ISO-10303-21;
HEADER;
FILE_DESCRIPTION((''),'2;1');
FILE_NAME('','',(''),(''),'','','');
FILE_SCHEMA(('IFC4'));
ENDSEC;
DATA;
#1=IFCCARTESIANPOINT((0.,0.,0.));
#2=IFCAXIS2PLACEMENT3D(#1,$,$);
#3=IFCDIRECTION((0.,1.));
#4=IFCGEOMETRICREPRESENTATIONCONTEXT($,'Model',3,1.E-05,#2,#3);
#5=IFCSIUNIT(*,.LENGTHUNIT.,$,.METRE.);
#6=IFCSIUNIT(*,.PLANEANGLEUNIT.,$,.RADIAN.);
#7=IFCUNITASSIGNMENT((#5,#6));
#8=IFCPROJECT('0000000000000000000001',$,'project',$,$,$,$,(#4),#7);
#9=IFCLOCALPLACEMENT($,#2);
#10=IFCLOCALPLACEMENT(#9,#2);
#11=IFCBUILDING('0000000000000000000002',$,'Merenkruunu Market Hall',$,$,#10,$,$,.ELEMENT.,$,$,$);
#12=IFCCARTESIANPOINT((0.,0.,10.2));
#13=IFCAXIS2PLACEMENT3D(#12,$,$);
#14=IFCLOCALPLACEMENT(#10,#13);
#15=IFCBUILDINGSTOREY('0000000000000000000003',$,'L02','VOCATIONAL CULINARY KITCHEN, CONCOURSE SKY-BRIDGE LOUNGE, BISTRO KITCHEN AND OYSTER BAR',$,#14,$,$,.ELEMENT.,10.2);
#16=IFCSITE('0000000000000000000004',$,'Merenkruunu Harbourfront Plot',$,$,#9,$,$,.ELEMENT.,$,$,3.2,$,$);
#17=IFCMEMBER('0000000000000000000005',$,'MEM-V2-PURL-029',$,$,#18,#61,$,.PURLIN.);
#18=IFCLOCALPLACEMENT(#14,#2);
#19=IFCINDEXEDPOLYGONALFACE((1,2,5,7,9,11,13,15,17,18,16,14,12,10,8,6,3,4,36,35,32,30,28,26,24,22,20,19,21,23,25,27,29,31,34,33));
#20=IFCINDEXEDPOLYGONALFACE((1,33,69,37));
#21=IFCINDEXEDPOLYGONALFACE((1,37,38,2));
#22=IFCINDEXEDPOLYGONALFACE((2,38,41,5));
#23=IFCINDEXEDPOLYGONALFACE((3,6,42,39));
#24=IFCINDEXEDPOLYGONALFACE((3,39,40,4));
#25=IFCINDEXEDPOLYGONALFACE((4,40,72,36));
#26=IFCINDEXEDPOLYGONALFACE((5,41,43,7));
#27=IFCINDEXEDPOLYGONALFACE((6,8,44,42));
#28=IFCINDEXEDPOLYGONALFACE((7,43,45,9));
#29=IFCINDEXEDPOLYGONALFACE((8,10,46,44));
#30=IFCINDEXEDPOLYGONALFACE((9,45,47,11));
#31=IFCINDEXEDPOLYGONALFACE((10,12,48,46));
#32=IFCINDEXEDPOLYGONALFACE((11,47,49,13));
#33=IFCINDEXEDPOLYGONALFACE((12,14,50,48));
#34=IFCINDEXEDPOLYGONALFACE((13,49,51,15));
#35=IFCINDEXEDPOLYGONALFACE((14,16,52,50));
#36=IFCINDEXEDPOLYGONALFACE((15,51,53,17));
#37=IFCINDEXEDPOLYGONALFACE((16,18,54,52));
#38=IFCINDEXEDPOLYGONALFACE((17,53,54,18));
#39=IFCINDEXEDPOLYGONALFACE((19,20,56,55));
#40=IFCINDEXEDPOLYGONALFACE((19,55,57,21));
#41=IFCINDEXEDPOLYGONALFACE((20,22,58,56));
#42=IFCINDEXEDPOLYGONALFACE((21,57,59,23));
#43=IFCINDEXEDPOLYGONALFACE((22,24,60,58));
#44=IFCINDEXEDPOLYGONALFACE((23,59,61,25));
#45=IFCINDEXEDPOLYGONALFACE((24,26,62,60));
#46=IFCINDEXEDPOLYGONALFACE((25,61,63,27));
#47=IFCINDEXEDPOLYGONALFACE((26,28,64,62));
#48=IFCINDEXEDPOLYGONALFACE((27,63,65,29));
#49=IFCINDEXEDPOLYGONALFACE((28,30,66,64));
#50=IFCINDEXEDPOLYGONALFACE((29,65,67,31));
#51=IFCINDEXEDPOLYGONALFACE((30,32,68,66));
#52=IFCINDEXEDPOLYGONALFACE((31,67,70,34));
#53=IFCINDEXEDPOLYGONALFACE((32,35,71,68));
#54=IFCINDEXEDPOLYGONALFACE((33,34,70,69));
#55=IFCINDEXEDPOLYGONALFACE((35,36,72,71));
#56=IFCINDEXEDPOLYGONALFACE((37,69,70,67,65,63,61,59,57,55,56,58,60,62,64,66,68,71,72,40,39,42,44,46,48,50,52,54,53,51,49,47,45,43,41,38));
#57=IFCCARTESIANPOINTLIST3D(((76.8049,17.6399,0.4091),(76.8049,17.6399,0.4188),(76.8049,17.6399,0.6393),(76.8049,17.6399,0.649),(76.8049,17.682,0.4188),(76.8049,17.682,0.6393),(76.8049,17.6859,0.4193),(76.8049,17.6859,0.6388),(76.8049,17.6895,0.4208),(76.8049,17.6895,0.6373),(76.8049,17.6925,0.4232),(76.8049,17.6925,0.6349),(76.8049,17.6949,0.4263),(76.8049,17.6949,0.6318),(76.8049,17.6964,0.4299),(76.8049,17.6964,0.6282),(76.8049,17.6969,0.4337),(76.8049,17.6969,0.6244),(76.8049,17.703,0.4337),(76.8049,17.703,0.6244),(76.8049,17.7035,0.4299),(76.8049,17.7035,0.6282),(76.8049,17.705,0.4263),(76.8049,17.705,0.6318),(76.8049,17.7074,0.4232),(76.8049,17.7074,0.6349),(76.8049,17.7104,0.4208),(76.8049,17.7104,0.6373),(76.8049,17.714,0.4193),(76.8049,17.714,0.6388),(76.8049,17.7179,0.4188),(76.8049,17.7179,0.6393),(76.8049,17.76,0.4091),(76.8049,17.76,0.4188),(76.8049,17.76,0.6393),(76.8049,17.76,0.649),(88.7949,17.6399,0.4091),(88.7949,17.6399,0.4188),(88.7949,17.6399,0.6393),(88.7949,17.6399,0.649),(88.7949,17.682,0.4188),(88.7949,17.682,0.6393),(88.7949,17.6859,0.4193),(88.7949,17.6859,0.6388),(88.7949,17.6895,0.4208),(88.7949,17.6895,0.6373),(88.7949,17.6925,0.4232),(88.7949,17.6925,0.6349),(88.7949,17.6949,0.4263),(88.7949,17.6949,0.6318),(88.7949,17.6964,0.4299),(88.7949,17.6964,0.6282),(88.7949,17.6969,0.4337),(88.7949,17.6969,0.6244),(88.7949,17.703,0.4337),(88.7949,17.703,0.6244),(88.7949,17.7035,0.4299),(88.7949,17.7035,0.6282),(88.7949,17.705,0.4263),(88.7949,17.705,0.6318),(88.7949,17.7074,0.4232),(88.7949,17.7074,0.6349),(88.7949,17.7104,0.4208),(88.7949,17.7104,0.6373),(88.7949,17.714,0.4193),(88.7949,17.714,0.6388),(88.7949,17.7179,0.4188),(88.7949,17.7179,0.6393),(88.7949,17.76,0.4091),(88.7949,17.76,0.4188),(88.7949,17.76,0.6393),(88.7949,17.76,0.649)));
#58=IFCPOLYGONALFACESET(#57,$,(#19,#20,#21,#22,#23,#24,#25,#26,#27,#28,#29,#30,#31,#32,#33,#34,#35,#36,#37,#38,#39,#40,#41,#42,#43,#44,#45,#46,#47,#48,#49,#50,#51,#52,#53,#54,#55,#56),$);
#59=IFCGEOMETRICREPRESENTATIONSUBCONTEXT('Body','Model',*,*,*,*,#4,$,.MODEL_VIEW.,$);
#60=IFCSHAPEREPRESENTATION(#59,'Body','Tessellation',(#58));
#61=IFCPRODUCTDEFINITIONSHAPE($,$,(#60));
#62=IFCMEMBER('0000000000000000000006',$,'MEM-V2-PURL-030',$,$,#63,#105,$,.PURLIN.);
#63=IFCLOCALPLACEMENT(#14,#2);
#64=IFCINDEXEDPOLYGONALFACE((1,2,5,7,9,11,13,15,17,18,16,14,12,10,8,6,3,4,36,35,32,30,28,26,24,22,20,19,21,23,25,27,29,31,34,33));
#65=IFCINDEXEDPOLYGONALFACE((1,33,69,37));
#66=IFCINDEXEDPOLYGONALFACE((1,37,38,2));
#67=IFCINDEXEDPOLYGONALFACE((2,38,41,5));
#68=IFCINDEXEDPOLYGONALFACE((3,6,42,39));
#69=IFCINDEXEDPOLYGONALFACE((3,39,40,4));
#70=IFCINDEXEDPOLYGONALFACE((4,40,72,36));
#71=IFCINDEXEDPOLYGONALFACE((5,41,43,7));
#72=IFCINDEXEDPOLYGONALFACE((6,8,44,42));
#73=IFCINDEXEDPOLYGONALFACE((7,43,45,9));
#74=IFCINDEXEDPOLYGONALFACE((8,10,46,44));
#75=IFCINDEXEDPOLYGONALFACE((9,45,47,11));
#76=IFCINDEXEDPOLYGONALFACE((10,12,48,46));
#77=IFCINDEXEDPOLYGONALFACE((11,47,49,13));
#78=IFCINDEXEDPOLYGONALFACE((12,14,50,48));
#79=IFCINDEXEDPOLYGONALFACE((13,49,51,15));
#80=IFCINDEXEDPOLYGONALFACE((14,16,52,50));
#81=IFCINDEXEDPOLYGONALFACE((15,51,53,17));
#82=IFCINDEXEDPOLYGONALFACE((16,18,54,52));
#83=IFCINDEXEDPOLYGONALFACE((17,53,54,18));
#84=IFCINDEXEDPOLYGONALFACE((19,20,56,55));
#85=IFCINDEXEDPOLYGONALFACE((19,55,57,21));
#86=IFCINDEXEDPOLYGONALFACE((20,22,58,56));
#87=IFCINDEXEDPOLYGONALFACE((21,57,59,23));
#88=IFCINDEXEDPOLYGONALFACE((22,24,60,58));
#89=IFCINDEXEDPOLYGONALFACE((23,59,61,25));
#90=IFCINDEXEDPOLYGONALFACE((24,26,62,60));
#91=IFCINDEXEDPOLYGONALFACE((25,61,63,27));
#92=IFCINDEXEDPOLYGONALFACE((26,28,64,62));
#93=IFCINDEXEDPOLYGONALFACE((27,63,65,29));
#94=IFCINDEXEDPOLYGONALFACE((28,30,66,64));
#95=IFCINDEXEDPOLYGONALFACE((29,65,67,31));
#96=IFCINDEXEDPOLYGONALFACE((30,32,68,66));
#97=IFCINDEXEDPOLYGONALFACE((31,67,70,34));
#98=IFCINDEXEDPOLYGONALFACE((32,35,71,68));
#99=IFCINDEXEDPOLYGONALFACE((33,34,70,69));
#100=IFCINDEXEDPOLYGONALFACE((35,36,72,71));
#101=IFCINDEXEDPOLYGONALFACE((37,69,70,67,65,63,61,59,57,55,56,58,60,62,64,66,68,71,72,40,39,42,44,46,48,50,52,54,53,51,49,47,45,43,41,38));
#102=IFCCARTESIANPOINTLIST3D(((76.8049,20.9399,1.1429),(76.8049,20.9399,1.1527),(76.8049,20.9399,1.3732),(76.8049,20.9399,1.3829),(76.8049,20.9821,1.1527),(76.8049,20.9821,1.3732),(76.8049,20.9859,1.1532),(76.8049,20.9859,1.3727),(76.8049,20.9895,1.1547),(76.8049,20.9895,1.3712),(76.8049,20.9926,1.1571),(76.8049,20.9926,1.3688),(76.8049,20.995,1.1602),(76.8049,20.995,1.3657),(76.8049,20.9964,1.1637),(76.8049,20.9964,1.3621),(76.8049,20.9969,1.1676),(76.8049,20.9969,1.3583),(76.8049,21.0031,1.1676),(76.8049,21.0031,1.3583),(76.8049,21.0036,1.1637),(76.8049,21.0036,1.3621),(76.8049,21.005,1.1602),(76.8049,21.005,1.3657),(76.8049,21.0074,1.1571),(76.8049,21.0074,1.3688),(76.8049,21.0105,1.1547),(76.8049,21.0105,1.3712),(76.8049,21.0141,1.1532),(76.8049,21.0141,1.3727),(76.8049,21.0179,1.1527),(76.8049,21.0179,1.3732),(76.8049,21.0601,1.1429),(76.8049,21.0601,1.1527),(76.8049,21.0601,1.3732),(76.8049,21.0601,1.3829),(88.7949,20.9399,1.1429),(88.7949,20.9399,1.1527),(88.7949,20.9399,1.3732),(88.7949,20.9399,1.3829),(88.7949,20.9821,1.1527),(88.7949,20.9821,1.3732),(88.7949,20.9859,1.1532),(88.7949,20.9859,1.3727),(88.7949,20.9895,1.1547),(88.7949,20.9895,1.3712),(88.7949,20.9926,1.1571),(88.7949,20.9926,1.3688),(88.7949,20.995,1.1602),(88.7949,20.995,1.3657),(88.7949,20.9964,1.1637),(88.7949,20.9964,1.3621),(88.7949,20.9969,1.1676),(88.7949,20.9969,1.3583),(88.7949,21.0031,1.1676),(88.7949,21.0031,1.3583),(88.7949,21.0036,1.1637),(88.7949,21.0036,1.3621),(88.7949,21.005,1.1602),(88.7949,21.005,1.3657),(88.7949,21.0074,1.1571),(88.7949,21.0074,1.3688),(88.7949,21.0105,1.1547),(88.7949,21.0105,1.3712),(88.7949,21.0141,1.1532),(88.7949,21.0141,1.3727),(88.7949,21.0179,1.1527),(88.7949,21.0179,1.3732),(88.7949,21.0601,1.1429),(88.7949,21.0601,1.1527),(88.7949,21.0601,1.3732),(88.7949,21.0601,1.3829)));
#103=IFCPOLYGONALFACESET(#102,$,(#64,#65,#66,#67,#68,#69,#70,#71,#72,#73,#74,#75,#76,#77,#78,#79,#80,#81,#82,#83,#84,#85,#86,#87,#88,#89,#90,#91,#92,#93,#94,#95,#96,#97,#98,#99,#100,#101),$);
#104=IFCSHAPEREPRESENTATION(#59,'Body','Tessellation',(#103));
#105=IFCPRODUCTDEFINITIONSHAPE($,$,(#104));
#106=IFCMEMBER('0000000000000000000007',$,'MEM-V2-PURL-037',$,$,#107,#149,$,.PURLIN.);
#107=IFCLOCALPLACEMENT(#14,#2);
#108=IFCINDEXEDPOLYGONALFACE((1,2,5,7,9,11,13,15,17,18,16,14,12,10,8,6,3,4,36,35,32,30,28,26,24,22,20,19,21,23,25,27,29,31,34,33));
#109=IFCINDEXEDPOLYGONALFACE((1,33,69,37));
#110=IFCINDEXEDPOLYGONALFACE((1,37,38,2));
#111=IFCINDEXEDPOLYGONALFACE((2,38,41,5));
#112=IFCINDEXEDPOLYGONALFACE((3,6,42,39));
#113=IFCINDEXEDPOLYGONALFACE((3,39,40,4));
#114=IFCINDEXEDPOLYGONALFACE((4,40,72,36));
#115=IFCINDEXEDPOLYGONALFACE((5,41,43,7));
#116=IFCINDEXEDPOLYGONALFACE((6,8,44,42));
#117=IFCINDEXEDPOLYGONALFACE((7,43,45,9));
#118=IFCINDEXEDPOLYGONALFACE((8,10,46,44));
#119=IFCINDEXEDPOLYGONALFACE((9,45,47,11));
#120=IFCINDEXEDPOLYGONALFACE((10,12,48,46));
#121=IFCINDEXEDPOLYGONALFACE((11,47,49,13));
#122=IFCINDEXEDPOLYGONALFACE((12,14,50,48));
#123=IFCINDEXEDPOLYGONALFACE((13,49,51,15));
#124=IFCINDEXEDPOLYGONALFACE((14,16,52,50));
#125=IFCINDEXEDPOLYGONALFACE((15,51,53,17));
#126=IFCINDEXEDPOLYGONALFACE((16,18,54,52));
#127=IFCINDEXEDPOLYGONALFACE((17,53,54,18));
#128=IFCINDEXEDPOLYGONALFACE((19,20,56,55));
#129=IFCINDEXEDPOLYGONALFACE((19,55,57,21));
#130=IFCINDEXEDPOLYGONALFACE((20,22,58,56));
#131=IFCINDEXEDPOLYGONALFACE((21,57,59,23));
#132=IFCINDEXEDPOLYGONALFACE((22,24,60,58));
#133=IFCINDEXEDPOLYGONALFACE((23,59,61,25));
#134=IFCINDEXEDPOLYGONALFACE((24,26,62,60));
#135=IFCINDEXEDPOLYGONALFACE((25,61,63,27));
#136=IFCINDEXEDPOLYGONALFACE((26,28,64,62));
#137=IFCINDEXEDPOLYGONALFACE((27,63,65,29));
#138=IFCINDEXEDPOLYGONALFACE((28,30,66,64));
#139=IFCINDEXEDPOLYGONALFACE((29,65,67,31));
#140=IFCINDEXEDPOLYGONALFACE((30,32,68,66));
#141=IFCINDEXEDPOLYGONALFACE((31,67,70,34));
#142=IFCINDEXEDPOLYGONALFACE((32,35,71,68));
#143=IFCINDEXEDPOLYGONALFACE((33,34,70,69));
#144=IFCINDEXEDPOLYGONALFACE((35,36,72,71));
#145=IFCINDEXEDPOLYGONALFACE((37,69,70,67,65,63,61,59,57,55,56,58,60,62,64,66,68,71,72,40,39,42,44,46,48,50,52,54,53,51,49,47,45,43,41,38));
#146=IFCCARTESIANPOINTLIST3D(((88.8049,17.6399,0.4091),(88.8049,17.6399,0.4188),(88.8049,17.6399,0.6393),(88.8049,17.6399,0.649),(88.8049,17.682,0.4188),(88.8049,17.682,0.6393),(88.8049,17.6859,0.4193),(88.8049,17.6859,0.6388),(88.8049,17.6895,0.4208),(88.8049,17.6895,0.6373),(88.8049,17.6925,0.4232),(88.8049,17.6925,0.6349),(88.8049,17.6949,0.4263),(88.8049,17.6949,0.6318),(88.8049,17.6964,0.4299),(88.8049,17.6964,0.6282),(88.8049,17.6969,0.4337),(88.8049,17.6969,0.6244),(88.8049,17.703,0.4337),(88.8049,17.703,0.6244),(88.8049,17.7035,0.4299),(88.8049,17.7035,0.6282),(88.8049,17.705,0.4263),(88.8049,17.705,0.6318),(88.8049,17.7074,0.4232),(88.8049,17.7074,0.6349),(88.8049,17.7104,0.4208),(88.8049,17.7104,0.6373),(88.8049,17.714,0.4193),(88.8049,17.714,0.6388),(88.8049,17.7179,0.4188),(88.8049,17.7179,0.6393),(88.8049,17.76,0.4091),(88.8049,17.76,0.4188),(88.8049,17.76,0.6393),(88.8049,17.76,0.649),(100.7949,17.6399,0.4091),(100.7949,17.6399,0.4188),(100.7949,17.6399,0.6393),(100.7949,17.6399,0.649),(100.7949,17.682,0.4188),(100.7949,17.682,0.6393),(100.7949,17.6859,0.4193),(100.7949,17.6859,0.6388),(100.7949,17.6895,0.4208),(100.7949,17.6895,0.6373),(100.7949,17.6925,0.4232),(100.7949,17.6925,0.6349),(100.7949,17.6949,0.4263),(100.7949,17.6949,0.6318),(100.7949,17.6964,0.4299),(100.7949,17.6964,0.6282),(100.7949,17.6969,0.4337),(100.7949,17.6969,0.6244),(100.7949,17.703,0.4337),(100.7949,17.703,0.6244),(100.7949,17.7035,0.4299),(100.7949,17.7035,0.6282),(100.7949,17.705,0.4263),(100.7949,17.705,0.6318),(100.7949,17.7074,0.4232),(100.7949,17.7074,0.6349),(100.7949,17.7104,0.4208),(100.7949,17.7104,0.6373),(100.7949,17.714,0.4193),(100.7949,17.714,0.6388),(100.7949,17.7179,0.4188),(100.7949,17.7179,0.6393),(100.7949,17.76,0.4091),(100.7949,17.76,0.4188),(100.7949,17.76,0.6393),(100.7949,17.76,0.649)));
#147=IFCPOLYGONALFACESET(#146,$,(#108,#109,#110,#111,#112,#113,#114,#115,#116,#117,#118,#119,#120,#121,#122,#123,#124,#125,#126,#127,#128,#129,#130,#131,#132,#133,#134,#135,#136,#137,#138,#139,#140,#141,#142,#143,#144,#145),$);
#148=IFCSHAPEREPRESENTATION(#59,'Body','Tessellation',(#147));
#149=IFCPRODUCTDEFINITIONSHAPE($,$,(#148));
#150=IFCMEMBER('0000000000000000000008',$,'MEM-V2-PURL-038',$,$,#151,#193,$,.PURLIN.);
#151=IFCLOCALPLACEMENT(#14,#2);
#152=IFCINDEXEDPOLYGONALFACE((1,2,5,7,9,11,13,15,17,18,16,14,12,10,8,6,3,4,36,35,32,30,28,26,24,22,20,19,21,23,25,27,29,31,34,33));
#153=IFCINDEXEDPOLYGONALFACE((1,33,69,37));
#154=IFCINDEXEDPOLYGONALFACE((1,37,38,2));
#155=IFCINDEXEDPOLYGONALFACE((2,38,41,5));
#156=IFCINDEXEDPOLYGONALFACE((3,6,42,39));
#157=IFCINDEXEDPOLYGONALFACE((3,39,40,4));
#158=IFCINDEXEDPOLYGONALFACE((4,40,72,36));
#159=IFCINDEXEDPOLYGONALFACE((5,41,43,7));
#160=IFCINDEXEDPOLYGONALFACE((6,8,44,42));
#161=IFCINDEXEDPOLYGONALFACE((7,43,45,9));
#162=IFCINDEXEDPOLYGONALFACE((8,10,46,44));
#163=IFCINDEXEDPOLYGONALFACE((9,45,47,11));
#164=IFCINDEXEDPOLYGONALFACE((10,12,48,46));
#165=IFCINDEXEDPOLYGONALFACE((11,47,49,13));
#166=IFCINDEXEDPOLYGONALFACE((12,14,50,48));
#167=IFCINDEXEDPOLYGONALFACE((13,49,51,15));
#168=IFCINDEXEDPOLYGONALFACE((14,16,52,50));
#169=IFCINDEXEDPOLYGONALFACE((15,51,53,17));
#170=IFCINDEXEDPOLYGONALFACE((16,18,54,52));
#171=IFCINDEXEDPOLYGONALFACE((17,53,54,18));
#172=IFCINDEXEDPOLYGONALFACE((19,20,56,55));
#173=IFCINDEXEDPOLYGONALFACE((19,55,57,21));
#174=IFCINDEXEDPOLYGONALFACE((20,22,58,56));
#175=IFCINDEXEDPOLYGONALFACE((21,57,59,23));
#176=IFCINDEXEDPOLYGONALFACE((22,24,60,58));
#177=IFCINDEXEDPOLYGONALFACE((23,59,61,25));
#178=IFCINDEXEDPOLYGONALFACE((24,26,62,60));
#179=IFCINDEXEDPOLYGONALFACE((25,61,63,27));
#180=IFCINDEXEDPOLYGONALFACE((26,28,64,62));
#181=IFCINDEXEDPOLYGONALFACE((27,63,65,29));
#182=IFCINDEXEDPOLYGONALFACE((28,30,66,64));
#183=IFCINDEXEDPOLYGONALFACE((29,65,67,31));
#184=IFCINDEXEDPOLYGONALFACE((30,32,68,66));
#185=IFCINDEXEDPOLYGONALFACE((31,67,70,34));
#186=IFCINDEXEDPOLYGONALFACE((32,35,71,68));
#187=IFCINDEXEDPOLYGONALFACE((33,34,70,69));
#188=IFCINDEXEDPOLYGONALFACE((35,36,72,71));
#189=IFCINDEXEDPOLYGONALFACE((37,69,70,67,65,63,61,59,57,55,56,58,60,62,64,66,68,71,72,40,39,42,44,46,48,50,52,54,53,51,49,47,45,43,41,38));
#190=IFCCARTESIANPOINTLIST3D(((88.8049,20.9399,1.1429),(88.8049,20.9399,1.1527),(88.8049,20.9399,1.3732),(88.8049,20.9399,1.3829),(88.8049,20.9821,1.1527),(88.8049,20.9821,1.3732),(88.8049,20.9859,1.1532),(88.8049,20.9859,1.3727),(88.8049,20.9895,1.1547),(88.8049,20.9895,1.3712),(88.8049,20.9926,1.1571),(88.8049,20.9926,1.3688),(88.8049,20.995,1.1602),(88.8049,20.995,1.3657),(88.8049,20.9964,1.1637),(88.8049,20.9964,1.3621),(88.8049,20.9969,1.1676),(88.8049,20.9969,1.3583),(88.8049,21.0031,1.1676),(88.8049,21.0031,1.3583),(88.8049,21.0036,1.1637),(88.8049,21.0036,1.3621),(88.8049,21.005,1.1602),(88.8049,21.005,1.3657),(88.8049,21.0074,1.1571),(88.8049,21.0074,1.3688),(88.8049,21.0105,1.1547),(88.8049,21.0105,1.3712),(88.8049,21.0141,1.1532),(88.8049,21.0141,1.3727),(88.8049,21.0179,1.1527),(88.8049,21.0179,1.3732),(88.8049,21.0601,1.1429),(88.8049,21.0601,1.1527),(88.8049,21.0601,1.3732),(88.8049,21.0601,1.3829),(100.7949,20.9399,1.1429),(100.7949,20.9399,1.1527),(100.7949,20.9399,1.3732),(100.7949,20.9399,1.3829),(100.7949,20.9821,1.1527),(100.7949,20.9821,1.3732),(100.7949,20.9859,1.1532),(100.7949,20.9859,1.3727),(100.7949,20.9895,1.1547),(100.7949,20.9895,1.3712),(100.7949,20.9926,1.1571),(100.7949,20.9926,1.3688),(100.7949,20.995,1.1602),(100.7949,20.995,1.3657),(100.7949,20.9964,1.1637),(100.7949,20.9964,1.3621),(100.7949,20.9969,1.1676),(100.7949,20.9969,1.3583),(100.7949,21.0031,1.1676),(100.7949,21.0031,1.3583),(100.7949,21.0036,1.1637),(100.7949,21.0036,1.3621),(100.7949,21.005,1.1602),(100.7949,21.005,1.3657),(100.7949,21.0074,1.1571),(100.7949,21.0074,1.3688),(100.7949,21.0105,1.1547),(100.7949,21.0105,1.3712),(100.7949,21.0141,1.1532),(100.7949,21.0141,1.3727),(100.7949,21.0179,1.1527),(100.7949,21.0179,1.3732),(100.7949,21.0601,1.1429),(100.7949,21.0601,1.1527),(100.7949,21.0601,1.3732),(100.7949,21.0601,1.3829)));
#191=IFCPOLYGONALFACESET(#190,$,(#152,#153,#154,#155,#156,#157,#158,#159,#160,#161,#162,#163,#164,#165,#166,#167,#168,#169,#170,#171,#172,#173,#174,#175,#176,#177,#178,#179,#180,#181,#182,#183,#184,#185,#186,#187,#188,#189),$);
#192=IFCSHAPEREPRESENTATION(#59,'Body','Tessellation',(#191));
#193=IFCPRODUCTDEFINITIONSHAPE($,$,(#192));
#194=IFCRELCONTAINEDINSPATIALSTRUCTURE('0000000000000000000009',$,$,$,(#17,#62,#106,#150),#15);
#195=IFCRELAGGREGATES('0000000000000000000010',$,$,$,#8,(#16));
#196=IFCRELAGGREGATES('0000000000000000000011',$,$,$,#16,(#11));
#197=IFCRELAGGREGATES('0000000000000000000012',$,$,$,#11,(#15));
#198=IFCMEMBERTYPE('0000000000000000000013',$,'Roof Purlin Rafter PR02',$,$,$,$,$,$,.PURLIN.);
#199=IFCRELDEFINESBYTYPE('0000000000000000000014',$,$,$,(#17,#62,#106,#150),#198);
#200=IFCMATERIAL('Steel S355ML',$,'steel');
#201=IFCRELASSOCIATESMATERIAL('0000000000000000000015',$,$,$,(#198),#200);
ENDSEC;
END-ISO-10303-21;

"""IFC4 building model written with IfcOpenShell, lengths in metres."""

from ifc_helpers import new_model, si_unit, direction, frame, origin, origin_2d, place, context, subcontext, project, spatial, i_section, extrude, material, material_profile, profile_set, type_object, element, save


model = new_model("IFC4")

# Units and contexts
model_context = context("Model", 3, precision=1e-05, world=origin(), true_north=direction((0.0, 1.0)))
body_context = subcontext(model_context, "Body", "Model", "MODEL_VIEW")
ifc_project = project(units=[si_unit("LENGTHUNIT", "METRE"), si_unit("PLANEANGLEUNIT", "RADIAN")], contexts=[model_context])

# Site, building, storey
site_placement = place(None, origin())
site = spatial("IfcSite", under=ifc_project, at=site_placement, Name="Merenkruunu Harbourfront Plot", CompositionType="ELEMENT", RefElevation=3.2)
building_placement = place(site_placement, origin())
building = spatial("IfcBuilding", under=site, at=building_placement, Name="Merenkruunu Market Hall", CompositionType="ELEMENT")
storey_placement = place(building_placement, frame((0.0, 0.0, 10.2)))
storey = spatial("IfcBuildingStorey", under=building, at=storey_placement, Name="L02", Description="VOCATIONAL CULINARY KITCHEN, CONCOURSE SKY-BRIDGE LOUNGE, BISTRO KITCHEN AND OYSTER BAR", CompositionType="ELEMENT", Elevation=10.2)

# Shared definitions
ifc_material_1 = material(Name="Steel S355ML", Category="steel")

# Members
ifc_material_profile_1 = material_profile(ifc_material_1, i_section(OverallWidth=0.1201, OverallDepth=0.24, WebThickness=0.0061, FlangeThickness=0.0098, FilletRadius=0.0149, at=origin_2d()), Name="IPE 240")
ifc_profile_set_1 = profile_set([ifc_material_profile_1], Name="Steel S355ML")
member_type_1 = type_object("IfcMemberType", Name="Roof Purlin Rafter PR02", PredefinedType="PURLIN", material=ifc_profile_set_1)
for number, where, z_axis, x_axis, name in (
    (1, (76.8049, 17.7, 0.5291), (1.0, 0.0, 0.0), (0.0, 1.0, 0.0), "MEM-V2-PURL-029"),
    (2, (76.8049, 21.0, 1.2629), (1.0, 0.0, 0.0), (0.0, 1.0, 0.0), "MEM-V2-PURL-030"),
    (3, (88.8049, 17.7, 0.5291), (1.0, 0.0, 0.0), (0.0, 1.0, 0.0), "MEM-V2-PURL-037"),
    (4, (88.8049, 21.0, 1.2629), (1.0, 0.0, 0.0), (0.0, 1.0, 0.0), "MEM-V2-PURL-038"),
):
    element("IfcMember", number, at=place(storey_placement, frame(where, z_axis=z_axis, x_axis=x_axis)), inside=storey, type_object=member_type_1, Name=name, PredefinedType="PURLIN", context=body_context, shape_type="SweptSolid", body=[
        extrude(i_section(OverallWidth=0.1201, OverallDepth=0.24, WebThickness=0.0061, FlangeThickness=0.0098, FilletRadius=0.0149, at=origin_2d()), origin(), (0.0, 0.0, 1.0), 11.99),
    ])

save(model, "model.ifc")
